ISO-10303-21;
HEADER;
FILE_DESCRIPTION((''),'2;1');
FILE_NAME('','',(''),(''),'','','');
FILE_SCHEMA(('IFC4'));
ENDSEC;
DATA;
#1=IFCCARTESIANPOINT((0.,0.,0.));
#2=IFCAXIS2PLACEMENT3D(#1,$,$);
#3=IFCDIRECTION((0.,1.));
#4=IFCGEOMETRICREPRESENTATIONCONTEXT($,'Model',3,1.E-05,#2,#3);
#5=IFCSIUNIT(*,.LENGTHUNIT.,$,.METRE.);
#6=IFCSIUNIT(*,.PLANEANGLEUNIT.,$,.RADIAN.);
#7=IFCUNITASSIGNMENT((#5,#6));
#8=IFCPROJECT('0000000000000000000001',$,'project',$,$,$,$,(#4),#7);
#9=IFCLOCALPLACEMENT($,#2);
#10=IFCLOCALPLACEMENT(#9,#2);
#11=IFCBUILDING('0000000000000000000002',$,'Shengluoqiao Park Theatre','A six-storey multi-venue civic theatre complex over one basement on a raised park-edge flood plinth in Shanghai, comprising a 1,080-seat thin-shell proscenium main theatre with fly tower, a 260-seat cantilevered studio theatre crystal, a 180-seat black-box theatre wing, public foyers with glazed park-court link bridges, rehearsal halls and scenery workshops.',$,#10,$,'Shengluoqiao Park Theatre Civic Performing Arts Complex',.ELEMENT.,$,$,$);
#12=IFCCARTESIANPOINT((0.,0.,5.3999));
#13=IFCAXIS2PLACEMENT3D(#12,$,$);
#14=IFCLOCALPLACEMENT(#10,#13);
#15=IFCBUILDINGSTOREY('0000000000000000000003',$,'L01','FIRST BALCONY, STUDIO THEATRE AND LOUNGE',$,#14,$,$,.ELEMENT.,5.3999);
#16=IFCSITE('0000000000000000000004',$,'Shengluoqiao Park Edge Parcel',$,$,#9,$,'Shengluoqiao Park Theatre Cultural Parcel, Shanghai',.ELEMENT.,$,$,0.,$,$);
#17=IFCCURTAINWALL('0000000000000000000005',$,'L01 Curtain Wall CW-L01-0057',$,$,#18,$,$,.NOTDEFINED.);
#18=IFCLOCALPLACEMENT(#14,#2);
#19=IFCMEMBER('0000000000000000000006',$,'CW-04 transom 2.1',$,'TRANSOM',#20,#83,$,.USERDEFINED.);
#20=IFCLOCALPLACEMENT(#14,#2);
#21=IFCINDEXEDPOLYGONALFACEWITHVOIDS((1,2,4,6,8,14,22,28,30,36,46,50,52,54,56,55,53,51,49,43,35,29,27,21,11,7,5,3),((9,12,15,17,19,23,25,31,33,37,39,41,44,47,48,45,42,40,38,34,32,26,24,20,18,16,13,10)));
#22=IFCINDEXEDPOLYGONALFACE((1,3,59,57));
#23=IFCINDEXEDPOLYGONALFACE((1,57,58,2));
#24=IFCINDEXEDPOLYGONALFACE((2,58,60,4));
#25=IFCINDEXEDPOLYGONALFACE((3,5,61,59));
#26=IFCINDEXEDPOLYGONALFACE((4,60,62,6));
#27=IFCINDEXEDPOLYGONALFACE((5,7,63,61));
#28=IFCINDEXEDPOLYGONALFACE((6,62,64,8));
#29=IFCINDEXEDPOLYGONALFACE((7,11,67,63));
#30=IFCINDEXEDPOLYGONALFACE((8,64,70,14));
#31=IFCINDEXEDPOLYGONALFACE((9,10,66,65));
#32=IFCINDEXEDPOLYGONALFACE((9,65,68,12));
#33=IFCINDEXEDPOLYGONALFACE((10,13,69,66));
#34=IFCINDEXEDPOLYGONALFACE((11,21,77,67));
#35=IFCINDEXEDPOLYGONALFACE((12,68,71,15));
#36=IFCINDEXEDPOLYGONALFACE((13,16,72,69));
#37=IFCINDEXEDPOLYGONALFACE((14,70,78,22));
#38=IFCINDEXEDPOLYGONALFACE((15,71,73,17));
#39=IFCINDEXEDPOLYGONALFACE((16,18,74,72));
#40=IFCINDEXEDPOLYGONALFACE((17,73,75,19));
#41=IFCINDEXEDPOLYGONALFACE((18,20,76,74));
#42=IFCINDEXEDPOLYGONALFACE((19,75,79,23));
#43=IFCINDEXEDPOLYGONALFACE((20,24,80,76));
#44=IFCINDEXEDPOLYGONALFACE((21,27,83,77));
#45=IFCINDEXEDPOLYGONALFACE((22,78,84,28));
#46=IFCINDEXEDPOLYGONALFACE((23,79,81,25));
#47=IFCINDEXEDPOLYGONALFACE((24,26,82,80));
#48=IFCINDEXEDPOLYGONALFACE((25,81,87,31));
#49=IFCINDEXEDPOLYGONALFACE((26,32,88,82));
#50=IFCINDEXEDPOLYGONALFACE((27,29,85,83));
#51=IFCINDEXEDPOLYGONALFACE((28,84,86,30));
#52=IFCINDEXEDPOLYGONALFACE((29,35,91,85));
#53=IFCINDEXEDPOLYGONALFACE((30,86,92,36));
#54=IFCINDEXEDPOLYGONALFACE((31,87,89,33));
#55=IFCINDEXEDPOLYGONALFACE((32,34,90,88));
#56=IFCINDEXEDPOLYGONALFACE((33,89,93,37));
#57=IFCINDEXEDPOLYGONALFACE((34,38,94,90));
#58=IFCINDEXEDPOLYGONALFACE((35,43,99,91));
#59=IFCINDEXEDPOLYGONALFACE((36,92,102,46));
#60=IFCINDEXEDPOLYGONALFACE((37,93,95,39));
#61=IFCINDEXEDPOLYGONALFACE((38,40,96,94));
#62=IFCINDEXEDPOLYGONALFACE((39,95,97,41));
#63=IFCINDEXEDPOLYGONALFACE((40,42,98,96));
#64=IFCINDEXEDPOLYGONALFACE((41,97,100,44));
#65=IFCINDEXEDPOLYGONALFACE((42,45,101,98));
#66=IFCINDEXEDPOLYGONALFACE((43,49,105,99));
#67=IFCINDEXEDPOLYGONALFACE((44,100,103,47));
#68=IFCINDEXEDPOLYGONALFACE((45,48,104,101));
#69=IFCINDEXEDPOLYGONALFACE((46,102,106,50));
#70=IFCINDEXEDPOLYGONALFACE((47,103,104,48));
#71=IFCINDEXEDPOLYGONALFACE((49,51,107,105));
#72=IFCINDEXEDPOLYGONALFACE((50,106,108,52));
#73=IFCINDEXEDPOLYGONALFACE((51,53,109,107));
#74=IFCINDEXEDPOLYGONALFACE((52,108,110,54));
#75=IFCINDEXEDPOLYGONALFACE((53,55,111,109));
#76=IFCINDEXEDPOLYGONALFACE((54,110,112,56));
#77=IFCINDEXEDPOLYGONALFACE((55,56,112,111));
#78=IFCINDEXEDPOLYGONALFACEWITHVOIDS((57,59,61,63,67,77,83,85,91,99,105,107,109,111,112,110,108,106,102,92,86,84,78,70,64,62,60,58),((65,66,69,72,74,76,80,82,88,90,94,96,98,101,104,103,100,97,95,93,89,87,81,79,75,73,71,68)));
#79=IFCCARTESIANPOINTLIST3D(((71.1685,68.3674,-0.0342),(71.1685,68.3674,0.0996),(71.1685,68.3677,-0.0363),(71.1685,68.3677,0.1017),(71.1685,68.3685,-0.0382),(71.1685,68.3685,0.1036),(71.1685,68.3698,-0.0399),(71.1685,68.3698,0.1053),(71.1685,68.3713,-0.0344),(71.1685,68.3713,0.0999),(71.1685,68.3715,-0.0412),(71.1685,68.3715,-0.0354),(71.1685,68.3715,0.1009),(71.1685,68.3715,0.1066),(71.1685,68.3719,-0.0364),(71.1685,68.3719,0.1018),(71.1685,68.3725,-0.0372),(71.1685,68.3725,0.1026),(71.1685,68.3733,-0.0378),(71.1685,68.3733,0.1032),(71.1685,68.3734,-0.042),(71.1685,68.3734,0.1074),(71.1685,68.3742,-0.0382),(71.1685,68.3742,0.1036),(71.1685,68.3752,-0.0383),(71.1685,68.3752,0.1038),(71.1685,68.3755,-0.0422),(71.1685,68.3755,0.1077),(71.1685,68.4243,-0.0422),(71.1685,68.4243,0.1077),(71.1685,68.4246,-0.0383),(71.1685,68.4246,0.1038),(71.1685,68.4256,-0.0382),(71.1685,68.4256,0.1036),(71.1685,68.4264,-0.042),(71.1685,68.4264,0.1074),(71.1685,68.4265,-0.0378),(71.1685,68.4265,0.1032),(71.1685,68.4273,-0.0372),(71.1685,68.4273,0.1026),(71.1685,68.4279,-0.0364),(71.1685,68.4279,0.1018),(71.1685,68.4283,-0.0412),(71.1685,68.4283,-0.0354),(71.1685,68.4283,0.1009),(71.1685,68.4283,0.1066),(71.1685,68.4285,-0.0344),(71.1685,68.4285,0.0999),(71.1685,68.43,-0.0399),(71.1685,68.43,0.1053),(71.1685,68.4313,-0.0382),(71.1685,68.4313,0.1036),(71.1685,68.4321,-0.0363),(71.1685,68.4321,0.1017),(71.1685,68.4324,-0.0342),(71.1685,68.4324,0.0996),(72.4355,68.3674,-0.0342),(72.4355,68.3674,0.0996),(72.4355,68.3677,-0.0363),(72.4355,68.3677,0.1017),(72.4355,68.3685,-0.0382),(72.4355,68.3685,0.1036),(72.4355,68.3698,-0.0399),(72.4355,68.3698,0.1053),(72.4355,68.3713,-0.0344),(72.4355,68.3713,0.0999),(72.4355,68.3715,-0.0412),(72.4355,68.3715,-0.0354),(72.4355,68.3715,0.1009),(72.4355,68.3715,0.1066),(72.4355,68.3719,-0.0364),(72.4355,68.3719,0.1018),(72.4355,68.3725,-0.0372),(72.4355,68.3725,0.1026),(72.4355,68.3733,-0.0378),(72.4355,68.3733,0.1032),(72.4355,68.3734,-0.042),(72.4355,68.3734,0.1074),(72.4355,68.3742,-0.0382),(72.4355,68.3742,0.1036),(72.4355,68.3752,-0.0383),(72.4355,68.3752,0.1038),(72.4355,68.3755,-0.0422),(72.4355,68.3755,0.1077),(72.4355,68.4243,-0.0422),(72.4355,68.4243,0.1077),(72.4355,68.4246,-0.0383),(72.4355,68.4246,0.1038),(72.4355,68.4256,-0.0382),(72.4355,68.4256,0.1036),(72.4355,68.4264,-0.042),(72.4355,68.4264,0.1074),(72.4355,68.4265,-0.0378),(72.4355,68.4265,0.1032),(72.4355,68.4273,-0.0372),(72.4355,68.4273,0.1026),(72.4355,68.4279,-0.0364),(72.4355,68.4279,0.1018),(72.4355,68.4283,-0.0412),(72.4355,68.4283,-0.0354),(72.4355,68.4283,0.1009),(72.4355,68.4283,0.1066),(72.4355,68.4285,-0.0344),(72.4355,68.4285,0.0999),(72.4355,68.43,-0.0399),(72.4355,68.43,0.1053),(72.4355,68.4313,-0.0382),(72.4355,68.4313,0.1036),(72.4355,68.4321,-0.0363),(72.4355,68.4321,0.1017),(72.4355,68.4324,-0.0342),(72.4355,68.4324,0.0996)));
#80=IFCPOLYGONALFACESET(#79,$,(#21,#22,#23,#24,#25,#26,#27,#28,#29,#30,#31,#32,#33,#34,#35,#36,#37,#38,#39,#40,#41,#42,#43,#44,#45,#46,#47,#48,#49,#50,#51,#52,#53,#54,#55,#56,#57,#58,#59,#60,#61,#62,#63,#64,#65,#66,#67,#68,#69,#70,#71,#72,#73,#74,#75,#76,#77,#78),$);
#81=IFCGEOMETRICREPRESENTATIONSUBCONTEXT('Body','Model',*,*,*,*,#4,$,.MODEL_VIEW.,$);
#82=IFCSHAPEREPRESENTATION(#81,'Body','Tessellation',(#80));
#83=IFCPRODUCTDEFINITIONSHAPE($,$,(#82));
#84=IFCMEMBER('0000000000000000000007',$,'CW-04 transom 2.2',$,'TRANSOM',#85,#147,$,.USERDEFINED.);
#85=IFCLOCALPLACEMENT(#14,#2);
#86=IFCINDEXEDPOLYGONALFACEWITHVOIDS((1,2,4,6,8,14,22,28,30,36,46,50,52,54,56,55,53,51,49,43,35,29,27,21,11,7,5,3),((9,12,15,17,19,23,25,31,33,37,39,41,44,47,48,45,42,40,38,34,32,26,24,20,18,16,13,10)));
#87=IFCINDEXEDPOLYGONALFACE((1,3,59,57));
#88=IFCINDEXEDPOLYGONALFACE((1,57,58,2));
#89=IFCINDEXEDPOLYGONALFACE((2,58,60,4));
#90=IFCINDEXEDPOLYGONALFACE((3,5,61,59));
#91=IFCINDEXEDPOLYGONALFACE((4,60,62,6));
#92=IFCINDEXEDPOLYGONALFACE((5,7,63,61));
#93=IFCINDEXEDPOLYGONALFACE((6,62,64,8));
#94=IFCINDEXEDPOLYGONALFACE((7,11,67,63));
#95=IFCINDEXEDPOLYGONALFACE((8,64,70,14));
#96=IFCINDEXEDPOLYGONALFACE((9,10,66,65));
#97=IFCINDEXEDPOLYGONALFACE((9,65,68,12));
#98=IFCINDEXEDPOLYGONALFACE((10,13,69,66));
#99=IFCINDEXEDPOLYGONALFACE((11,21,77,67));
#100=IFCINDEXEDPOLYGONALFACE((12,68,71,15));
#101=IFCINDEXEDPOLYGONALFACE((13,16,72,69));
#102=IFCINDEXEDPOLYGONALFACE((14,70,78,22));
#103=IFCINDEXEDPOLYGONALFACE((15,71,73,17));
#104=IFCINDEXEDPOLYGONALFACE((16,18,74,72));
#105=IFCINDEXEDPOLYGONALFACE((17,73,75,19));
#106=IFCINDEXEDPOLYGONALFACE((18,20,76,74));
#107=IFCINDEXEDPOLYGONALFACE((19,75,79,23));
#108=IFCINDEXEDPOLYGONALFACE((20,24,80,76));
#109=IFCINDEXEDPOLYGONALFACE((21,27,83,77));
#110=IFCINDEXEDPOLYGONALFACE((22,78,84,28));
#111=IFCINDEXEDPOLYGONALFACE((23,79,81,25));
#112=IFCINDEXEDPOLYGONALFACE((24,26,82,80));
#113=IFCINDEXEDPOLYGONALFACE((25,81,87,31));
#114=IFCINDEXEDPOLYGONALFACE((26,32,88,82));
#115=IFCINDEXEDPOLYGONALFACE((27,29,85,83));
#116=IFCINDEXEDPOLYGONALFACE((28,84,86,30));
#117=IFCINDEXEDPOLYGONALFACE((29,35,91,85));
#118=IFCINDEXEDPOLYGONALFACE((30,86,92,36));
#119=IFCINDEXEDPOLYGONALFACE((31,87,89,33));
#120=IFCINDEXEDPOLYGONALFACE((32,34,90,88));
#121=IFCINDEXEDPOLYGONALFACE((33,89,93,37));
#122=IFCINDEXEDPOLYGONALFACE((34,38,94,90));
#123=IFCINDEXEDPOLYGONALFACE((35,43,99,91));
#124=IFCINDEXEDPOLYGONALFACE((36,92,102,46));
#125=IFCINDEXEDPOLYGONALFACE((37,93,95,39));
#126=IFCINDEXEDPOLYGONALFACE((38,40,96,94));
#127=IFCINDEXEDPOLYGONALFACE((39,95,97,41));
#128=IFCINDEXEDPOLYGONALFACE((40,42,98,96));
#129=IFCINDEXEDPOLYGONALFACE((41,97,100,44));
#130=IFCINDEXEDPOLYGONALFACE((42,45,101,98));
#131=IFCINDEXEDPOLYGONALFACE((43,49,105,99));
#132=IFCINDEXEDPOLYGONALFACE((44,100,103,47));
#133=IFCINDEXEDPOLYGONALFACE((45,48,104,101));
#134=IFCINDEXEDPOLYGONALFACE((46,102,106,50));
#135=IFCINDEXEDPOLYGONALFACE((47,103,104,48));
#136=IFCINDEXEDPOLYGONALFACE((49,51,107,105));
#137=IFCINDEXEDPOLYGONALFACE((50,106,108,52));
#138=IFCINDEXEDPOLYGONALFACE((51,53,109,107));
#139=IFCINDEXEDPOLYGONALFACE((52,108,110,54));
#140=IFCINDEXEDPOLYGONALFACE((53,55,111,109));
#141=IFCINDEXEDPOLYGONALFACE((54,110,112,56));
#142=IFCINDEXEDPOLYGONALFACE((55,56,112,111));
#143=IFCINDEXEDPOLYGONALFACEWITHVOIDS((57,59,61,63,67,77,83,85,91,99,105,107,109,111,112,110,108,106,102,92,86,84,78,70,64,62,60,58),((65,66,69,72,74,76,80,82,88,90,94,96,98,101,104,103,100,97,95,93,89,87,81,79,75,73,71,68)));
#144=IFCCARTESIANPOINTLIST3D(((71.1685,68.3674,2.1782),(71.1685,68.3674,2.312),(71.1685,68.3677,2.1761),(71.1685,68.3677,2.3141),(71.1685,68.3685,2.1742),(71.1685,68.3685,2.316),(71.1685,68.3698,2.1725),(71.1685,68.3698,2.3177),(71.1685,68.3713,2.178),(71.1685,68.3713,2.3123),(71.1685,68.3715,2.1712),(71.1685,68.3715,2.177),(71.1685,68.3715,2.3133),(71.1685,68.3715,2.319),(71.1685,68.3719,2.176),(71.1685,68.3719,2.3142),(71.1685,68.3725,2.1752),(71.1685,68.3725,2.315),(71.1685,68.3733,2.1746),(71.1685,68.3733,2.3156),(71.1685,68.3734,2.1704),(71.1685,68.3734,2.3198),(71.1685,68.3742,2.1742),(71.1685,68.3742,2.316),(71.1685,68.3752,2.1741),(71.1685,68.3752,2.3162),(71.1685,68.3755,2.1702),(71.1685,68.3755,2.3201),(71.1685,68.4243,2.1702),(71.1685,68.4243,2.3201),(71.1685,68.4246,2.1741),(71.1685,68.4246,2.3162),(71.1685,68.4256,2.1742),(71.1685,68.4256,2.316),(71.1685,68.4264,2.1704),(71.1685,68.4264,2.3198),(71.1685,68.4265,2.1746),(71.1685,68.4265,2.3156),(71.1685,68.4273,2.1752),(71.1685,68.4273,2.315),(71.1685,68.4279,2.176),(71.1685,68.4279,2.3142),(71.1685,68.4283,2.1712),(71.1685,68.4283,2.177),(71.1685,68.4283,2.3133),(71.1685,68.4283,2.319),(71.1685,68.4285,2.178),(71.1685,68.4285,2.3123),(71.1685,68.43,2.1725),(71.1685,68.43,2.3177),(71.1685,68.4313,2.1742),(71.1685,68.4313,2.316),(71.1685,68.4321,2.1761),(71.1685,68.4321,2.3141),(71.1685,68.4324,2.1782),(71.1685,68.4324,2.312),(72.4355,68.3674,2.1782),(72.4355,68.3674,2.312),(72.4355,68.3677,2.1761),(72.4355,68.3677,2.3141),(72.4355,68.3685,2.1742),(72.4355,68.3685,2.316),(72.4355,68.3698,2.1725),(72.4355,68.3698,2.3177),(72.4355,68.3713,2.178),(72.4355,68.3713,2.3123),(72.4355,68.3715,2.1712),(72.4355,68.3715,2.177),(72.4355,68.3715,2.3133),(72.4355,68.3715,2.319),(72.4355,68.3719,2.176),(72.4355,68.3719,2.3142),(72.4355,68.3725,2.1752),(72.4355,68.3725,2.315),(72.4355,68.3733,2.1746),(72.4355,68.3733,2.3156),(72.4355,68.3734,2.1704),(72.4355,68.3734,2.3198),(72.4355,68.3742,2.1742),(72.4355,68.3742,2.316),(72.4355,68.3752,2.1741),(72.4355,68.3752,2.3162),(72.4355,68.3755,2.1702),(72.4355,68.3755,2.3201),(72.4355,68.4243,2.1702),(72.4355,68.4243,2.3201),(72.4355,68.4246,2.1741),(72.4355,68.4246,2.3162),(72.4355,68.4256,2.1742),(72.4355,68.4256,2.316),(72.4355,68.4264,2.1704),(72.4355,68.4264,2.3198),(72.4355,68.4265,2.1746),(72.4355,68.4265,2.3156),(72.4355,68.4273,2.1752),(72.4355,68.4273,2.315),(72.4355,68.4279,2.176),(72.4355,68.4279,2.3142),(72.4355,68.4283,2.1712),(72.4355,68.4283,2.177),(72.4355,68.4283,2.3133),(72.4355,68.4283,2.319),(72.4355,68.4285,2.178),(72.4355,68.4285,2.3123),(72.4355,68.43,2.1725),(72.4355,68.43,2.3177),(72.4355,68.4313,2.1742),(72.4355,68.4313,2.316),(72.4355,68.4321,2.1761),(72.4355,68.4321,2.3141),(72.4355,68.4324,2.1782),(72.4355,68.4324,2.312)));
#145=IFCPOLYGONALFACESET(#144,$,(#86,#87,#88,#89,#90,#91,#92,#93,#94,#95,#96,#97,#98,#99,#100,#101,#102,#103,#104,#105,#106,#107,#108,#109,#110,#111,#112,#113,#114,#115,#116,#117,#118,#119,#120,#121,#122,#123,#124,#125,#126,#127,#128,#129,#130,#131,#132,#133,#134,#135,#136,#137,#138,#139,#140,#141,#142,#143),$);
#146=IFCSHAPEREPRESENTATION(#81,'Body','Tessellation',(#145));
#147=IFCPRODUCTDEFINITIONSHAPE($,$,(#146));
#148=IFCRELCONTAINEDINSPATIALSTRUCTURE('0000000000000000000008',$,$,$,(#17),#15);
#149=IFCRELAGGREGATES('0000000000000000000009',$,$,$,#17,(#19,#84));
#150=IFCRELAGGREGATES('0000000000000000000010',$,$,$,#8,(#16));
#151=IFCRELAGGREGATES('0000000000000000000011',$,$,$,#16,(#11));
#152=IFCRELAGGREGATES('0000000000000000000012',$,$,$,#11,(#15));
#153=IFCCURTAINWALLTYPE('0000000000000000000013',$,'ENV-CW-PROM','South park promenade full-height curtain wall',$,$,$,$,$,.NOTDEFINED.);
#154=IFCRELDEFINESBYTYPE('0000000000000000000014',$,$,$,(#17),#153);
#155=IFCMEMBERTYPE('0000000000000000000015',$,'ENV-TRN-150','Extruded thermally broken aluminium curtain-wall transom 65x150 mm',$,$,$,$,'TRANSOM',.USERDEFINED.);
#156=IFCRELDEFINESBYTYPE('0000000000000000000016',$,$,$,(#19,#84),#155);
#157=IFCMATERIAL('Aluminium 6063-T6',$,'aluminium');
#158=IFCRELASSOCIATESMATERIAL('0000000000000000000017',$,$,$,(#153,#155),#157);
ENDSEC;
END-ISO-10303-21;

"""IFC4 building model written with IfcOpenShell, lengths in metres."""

from ifc_helpers import new_model, si_unit, direction, frame, origin, origin_2d, place, context, subcontext, project, spatial, hollow_rectangle, extrude, material, material_profile, profile_set, type_object, element, aggregate, save


model = new_model("IFC4")

# Units and contexts
model_context = context("Model", 3, precision=1e-05, world=origin(), true_north=direction((0.0, 1.0)))
body_context = subcontext(model_context, "Body", "Model", "MODEL_VIEW")
ifc_project = project(units=[si_unit("LENGTHUNIT", "METRE"), si_unit("PLANEANGLEUNIT", "RADIAN")], contexts=[model_context])

# Site, building, storey
site_placement = place(None, origin())
site = spatial("IfcSite", under=ifc_project, at=site_placement, Name="Shengluoqiao Park Edge Parcel", LongName="Shengluoqiao Park Theatre Cultural Parcel, Shanghai", CompositionType="ELEMENT", RefElevation=0.0)
building_placement = place(site_placement, origin())
building = spatial("IfcBuilding", under=site, at=building_placement, Name="Shengluoqiao Park Theatre", Description="A six-storey multi-venue civic theatre complex over one basement on a raised park-edge flood plinth in Shanghai, comprising a 1,080-seat thin-shell proscenium main theatre with fly tower, a 260-seat cantilevered studio theatre crystal, a 180-seat black-box theatre wing, public foyers with glazed park-court link bridges, rehearsal halls and scenery workshops.", LongName="Shengluoqiao Park Theatre Civic Performing Arts Complex", CompositionType="ELEMENT")
storey_placement = place(building_placement, frame((0.0, 0.0, 5.3999)))
storey = spatial("IfcBuildingStorey", under=building, at=storey_placement, Name="L01", Description="FIRST BALCONY, STUDIO THEATRE AND LOUNGE", CompositionType="ELEMENT", Elevation=5.3999)

# Shared definitions
ifc_material_1 = material(Name="Aluminium 6063-T6", Category="aluminium")

# Shared definitions
curtain_wall_type_1 = type_object("IfcCurtainWallType", Name="ENV-CW-PROM", Description="South park promenade full-height curtain wall", PredefinedType="NOTDEFINED", material=ifc_material_1)

# Curtain wall
curtain_wall_1_placement = place(storey_placement, origin())
curtain_wall_1 = element("IfcCurtainWall", 1, at=curtain_wall_1_placement, inside=storey, type_object=curtain_wall_type_1, Name="L01 Curtain Wall CW-L01-0057", PredefinedType="NOTDEFINED")

# Members
ifc_material_profile_1 = material_profile(ifc_material_1, hollow_rectangle(XDim=0.0649, YDim=0.1499, WallThickness=0.0039, InnerFilletRadius=0.0039, OuterFilletRadius=0.0081, at=origin_2d()), Name="ALU TRANSOM 150x65x4")
ifc_profile_set_1 = profile_set([ifc_material_profile_1], Name="Aluminium 6063-T6")
member_type_1 = type_object("IfcMemberType", Name="ENV-TRN-150", Description="Extruded thermally broken aluminium curtain-wall transom 65x150 mm", ElementType="TRANSOM", PredefinedType="USERDEFINED", material=ifc_profile_set_1)
member_1_placement = place(storey_placement, frame((71.1685, 68.3999, 0.0327), z_axis=(1.0, 0.0, 0.0), x_axis=(0.0, 1.0, 0.0)))
member_1 = element("IfcMember", 2, at=member_1_placement, type_object=member_type_1, Name="CW-04 transom 2.1", ObjectType="TRANSOM", PredefinedType="USERDEFINED", context=body_context, shape_type="SweptSolid", body=[
    extrude(hollow_rectangle(XDim=0.0649, YDim=0.1499, WallThickness=0.0039, InnerFilletRadius=0.0039, OuterFilletRadius=0.0081, at=origin_2d()), origin(), (0.0, 0.0, 1.0), 1.2671),
])
member_2_placement = place(storey_placement, frame((71.1685, 68.3999, 2.2451), z_axis=(1.0, 0.0, 0.0), x_axis=(0.0, 1.0, 0.0)))
member_2 = element("IfcMember", 3, at=member_2_placement, type_object=member_type_1, Name="CW-04 transom 2.2", ObjectType="TRANSOM", PredefinedType="USERDEFINED", context=body_context, shape_type="SweptSolid", body=[
    extrude(hollow_rectangle(XDim=0.0649, YDim=0.1499, WallThickness=0.0039, InnerFilletRadius=0.0039, OuterFilletRadius=0.0081, at=origin_2d()), origin(), (0.0, 0.0, 1.0), 1.2671),
])

aggregate(curtain_wall_1, [member_1, member_2])

save(model, "model.ifc")
